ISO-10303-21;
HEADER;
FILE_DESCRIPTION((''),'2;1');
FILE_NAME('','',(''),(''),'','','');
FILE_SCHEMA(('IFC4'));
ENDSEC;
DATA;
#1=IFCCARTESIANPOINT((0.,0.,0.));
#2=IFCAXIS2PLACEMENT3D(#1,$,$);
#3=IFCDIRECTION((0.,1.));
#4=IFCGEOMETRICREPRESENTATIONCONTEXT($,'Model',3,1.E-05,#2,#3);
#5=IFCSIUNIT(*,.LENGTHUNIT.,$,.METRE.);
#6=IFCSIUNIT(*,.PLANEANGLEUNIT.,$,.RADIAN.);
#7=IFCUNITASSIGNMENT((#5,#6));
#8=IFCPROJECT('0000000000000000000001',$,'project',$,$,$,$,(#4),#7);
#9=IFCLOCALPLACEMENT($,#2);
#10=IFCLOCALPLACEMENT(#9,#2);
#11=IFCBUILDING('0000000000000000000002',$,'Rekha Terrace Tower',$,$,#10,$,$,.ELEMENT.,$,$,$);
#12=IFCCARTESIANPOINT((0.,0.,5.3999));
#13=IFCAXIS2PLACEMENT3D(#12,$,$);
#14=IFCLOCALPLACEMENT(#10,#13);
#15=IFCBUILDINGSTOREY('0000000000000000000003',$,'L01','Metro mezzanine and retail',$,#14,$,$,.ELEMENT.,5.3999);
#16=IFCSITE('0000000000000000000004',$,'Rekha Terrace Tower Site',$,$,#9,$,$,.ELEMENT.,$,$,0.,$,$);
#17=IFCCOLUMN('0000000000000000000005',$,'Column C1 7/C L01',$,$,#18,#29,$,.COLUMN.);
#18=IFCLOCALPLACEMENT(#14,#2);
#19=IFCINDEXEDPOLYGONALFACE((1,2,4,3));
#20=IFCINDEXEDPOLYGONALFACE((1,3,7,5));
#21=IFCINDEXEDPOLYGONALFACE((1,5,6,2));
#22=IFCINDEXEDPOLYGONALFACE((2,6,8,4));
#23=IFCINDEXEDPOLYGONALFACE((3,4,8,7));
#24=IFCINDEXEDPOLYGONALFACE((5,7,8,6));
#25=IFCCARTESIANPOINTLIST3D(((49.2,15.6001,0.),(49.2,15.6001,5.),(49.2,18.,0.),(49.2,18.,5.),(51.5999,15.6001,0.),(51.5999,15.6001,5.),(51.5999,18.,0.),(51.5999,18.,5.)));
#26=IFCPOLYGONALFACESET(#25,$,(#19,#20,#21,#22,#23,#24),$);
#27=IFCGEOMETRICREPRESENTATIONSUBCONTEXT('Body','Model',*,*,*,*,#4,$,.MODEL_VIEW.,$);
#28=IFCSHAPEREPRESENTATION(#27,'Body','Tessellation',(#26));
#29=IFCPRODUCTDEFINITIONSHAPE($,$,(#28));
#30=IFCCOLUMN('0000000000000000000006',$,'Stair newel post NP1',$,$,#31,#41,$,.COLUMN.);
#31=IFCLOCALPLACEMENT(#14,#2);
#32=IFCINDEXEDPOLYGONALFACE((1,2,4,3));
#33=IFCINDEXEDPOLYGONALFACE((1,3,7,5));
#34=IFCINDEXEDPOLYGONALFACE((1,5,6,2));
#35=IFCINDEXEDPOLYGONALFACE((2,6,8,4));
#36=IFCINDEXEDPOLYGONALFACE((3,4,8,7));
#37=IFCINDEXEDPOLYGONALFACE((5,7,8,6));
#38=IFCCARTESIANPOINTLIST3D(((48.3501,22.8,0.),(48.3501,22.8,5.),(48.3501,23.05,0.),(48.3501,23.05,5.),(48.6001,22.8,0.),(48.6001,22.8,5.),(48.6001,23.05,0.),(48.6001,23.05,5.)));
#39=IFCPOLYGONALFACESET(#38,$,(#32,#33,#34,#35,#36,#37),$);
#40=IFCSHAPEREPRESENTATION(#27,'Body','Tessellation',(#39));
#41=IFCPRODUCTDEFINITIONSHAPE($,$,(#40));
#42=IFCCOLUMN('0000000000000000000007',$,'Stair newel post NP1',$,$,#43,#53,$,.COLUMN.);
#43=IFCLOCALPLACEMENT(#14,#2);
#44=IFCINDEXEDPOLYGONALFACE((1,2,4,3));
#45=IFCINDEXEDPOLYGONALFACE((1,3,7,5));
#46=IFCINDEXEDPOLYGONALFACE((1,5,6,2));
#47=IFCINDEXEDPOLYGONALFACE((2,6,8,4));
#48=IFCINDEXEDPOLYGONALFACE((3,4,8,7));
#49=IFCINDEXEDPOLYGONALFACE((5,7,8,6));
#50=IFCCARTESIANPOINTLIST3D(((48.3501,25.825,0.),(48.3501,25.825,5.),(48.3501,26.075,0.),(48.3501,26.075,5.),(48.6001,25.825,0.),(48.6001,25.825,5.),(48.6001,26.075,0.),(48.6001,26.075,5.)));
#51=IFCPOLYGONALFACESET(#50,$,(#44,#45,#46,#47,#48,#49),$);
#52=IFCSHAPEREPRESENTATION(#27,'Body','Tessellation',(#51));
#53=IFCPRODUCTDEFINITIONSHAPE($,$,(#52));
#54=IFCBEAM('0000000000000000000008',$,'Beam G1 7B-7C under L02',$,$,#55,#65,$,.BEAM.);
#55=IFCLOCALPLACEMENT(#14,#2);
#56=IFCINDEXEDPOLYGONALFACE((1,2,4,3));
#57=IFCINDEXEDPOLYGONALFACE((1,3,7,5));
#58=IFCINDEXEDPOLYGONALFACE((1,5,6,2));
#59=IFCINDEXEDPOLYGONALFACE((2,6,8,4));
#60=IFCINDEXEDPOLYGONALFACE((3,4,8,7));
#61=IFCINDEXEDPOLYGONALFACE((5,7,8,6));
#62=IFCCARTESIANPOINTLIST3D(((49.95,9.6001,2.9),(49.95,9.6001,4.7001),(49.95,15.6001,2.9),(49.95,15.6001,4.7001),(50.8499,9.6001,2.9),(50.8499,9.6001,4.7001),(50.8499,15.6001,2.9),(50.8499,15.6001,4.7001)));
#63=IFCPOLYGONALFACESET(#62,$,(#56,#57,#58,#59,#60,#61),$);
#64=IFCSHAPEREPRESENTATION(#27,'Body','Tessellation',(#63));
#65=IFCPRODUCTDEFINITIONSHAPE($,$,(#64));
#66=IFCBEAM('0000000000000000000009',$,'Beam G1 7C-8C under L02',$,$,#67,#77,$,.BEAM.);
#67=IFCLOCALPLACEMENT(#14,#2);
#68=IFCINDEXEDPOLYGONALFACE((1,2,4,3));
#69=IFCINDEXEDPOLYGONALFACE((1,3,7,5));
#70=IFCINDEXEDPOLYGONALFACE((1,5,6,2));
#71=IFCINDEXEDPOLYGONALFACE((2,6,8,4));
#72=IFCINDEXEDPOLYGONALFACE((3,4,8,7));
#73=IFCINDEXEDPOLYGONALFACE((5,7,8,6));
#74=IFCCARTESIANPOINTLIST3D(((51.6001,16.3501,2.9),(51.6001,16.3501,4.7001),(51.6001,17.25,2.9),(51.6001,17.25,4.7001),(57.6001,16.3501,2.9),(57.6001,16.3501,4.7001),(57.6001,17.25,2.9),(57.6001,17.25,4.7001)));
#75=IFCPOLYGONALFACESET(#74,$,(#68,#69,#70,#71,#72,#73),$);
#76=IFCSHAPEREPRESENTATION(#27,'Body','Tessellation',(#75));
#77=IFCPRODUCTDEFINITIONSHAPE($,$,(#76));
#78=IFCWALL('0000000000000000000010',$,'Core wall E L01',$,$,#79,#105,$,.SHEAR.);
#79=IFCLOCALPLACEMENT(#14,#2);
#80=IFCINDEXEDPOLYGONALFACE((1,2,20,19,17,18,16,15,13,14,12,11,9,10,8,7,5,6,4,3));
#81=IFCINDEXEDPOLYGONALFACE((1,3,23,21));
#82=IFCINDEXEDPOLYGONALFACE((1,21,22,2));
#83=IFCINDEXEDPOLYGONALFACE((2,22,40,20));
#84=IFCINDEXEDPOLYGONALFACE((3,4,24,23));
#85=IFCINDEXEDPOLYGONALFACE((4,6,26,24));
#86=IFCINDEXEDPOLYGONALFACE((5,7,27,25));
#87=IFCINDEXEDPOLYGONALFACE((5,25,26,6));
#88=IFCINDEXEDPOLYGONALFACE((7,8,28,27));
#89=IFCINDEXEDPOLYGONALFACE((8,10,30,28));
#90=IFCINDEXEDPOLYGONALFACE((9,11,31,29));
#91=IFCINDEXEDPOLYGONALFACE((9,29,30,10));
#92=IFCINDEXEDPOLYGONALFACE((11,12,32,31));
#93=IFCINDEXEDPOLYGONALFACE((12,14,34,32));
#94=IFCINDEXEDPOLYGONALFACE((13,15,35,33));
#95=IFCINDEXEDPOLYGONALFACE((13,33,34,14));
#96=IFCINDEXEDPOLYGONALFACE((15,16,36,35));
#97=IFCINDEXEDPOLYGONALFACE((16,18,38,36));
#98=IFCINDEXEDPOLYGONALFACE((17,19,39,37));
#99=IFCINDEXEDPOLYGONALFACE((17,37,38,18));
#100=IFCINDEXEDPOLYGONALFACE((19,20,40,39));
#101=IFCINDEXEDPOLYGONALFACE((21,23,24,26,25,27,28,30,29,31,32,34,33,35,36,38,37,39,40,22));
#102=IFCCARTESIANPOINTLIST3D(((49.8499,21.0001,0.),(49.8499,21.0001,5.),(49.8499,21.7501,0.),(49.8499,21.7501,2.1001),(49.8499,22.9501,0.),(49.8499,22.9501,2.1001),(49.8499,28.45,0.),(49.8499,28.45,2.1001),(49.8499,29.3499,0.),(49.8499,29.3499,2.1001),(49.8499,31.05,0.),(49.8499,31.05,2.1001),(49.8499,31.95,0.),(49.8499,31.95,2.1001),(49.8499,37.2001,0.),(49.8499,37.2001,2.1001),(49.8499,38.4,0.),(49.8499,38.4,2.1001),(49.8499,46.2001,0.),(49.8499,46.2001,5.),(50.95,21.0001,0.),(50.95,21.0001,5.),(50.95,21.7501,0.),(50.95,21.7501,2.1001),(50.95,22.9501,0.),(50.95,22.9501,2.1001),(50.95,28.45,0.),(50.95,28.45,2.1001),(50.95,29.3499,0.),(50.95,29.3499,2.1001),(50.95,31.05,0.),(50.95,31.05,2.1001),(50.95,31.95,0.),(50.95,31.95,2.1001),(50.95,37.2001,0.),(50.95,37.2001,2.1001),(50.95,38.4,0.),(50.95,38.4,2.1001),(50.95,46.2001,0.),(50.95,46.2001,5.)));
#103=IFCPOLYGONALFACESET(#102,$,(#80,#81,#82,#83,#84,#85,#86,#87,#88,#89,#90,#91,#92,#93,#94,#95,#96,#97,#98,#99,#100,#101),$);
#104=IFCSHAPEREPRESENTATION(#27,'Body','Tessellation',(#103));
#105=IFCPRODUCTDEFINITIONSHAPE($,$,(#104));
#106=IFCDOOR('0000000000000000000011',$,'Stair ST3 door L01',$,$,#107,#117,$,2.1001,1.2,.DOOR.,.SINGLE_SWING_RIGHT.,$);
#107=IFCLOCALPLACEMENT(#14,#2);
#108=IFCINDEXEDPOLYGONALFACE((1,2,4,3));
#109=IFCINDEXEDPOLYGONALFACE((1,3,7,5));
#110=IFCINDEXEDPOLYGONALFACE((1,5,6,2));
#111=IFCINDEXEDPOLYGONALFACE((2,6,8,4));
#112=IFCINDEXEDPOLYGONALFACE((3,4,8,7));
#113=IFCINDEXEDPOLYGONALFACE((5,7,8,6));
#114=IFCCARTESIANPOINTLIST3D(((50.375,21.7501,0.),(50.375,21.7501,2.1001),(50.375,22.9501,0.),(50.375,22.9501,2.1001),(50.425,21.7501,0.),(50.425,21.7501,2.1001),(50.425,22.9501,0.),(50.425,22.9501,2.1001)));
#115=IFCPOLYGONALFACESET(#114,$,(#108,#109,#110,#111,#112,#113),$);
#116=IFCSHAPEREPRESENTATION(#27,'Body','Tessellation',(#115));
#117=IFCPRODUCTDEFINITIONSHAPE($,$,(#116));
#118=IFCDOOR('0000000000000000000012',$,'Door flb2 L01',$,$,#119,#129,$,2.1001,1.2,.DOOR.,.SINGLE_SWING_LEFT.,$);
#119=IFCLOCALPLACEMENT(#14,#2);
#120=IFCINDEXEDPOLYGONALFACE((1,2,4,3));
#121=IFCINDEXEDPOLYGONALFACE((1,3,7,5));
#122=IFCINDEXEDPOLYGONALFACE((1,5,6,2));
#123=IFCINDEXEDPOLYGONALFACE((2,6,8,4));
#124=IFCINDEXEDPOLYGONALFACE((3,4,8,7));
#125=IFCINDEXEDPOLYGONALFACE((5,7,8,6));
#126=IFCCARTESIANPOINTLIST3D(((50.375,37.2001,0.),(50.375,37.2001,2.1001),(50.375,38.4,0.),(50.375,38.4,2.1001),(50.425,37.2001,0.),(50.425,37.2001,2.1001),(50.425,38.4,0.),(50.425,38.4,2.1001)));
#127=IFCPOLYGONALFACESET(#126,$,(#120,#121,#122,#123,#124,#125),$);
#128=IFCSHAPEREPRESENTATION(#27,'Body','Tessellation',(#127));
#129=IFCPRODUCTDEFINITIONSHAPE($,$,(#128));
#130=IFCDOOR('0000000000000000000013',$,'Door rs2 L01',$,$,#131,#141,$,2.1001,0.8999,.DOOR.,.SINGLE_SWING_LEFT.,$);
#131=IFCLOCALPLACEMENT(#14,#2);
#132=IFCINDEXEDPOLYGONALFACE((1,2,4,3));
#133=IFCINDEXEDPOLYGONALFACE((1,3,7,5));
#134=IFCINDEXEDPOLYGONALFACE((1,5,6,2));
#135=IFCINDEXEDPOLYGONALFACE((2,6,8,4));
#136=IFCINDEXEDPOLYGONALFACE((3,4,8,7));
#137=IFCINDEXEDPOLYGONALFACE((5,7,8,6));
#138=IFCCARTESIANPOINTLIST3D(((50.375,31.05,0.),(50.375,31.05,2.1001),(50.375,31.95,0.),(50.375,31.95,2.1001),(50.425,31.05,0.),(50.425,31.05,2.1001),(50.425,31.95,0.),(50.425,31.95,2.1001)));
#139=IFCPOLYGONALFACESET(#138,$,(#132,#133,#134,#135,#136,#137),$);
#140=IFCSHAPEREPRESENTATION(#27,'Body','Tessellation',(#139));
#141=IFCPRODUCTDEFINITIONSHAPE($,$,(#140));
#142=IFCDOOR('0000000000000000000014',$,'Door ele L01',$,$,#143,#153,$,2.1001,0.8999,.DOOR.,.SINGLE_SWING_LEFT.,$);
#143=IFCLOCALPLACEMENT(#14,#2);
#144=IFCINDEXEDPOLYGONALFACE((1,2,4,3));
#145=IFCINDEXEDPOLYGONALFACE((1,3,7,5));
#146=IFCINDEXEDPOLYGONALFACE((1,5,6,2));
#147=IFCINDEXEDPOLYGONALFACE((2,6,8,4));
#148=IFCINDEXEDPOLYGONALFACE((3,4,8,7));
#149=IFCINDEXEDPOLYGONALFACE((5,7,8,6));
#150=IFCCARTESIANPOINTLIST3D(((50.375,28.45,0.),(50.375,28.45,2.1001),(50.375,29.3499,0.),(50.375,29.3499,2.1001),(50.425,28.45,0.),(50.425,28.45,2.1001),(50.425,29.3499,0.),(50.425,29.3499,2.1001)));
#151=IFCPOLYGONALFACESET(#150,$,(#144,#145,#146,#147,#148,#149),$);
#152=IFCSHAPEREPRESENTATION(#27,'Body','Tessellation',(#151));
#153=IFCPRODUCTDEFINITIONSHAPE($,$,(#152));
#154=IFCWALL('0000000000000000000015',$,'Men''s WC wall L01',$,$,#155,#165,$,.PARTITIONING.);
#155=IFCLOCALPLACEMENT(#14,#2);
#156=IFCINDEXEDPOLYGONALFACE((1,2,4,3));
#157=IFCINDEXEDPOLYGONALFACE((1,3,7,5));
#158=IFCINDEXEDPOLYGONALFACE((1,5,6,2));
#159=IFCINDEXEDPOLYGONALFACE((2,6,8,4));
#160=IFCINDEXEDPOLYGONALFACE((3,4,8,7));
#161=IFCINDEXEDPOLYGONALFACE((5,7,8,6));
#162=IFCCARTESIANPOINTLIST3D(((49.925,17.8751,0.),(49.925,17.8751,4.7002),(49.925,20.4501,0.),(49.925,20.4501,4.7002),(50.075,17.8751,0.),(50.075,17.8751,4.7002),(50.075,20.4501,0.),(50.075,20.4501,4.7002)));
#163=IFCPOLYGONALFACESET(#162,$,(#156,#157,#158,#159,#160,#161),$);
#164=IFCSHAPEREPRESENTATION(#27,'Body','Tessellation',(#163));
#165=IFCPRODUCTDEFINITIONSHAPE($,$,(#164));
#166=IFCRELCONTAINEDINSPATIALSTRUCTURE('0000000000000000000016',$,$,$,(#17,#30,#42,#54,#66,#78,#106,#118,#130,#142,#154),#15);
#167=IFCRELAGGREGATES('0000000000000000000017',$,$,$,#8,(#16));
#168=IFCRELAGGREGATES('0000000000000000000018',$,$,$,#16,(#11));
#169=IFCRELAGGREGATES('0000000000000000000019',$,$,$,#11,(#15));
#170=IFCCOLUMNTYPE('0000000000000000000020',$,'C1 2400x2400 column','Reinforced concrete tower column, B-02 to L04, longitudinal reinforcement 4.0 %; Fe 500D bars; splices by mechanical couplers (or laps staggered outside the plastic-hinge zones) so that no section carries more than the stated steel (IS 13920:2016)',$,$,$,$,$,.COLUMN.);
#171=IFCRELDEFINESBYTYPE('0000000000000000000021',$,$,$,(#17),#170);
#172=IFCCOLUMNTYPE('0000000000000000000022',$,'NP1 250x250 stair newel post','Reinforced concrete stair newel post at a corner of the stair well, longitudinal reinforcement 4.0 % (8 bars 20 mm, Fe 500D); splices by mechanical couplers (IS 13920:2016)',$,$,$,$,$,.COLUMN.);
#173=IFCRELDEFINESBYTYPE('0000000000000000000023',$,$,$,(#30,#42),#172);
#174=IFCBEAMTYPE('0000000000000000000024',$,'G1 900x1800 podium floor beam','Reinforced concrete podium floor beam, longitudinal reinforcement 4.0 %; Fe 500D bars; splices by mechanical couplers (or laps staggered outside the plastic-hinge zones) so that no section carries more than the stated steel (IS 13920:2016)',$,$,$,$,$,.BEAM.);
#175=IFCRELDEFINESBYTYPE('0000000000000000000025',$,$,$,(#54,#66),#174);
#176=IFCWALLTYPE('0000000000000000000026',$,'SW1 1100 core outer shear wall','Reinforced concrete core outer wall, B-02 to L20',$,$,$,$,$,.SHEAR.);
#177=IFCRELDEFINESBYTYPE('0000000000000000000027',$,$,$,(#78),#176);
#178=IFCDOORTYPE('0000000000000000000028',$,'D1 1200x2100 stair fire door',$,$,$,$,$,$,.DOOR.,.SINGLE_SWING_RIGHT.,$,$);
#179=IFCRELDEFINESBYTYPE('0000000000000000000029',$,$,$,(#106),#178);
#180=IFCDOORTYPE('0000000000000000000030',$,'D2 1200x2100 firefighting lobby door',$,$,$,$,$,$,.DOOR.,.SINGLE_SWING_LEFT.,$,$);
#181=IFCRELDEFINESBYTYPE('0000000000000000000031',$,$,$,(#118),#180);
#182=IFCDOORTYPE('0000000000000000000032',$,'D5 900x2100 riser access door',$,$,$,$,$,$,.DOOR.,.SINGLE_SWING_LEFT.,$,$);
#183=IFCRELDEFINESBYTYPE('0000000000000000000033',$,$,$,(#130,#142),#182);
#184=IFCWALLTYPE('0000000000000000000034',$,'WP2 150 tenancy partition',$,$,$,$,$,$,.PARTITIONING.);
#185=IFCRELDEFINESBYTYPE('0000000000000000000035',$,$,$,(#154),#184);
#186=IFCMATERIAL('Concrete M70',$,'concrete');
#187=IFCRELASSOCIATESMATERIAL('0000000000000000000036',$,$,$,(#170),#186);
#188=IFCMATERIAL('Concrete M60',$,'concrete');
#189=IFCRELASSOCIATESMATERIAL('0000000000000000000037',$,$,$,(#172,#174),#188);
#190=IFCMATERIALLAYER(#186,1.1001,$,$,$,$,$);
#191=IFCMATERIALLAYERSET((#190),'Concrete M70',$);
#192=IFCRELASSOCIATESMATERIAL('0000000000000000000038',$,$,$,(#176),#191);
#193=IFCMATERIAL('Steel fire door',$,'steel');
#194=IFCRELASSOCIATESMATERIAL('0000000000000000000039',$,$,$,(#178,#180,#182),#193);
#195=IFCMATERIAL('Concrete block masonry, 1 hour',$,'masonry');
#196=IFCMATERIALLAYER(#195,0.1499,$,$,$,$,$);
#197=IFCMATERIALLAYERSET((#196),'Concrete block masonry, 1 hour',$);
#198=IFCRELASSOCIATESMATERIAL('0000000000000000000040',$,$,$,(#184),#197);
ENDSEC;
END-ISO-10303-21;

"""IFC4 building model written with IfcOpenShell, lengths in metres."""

from ifc_helpers import new_model, si_unit, direction, frame, frame_2d, origin, origin_2d, place, context, subcontext, project, spatial, rectangle, extrude, material, layer, layer_set, material_profile, profile_set, type_object, element, fill, save


model = new_model("IFC4")

# Units and contexts
model_context = context("Model", 3, precision=1e-05, world=origin(), true_north=direction((0.0, 1.0)))
body_context = subcontext(model_context, "Body", "Model", "MODEL_VIEW")
ifc_project = project(units=[si_unit("LENGTHUNIT", "METRE"), si_unit("PLANEANGLEUNIT", "RADIAN")], contexts=[model_context])

# Site, building, storey
site_placement = place(None, origin())
site = spatial("IfcSite", under=ifc_project, at=site_placement, Name="Rekha Terrace Tower Site", CompositionType="ELEMENT", RefElevation=0.0)
building_placement = place(site_placement, origin())
building = spatial("IfcBuilding", under=site, at=building_placement, Name="Rekha Terrace Tower", CompositionType="ELEMENT")
storey_placement = place(building_placement, frame((0.0, 0.0, 5.3999)))
storey = spatial("IfcBuildingStorey", under=building, at=storey_placement, Name="L01", Description="Metro mezzanine and retail", CompositionType="ELEMENT", Elevation=5.3999)

# Columns
ifc_material_1 = material(Name="Concrete M70", Category="concrete")
ifc_material_profile_1 = material_profile(ifc_material_1, rectangle(XDim=2.3999, YDim=2.3999, at=origin_2d()), Name="RC 2400x2400")
ifc_profile_set_1 = profile_set([ifc_material_profile_1], Name="Concrete M70")
column_type_1 = type_object("IfcColumnType", Name="C1 2400x2400 column", Description="Reinforced concrete tower column, B-02 to L04, longitudinal reinforcement 4.0 %; Fe 500D bars; splices by mechanical couplers (or laps staggered outside the plastic-hinge zones) so that no section carries more than the stated steel (IS 13920:2016)", PredefinedType="COLUMN", material=ifc_profile_set_1)
column_placement = place(storey_placement, frame((50.3999, 16.8, 0.0), z_axis=(0.0, 0.0, 1.0), x_axis=(1.0, 0.0, 0.0)))
element("IfcColumn", 1, at=column_placement, inside=storey, type_object=column_type_1, Name="Column C1 7/C L01", PredefinedType="COLUMN", context=body_context, shape_type="SweptSolid", body=[
    extrude(rectangle(XDim=2.3999, YDim=2.3999, at=origin_2d()), origin(), (0.0, 0.0, 1.0), 5.0),
])
ifc_material_2 = material(Name="Concrete M60", Category="concrete")
ifc_material_profile_2 = material_profile(ifc_material_2, rectangle(XDim=0.25, YDim=0.25, at=origin_2d()), Name="RC 250x250")
ifc_profile_set_2 = profile_set([ifc_material_profile_2], Name="Concrete M60")
column_type_2 = type_object("IfcColumnType", Name="NP1 250x250 stair newel post", Description="Reinforced concrete stair newel post at a corner of the stair well, longitudinal reinforcement 4.0 % (8 bars 20 mm, Fe 500D); splices by mechanical couplers (IS 13920:2016)", PredefinedType="COLUMN", material=ifc_profile_set_2)
for number, where, z_axis, x_axis, name in (
    (2, (48.4751, 22.925, 0.0), (0.0, 0.0, 1.0), (1.0, 0.0, 0.0), "Stair newel post NP1"),
    (3, (48.4751, 25.95, 0.0), (0.0, 0.0, 1.0), (1.0, 0.0, 0.0), "Stair newel post NP1"),
):
    element("IfcColumn", number, at=place(storey_placement, frame(where, z_axis=z_axis, x_axis=x_axis)), inside=storey, type_object=column_type_2, Name=name, PredefinedType="COLUMN", context=body_context, shape_type="SweptSolid", body=[
        extrude(rectangle(XDim=0.25, YDim=0.25, at=origin_2d()), origin(), (0.0, 0.0, 1.0), 5.0),
    ])

# Beams
ifc_material_profile_3 = material_profile(ifc_material_2, rectangle(XDim=0.8999, YDim=1.8, at=origin_2d()), Name="RC 900x1800")
ifc_profile_set_3 = profile_set([ifc_material_profile_3], Name="Concrete M60")
beam_type = type_object("IfcBeamType", Name="G1 900x1800 podium floor beam", Description="Reinforced concrete podium floor beam, longitudinal reinforcement 4.0 %; Fe 500D bars; splices by mechanical couplers (or laps staggered outside the plastic-hinge zones) so that no section carries more than the stated steel (IS 13920:2016)", PredefinedType="BEAM", material=ifc_profile_set_3)
for number, where, z_axis, x_axis, name in (
    (4, (50.3999, 9.6001, 3.8), (0.0, 1.0, 0.0), (-1.0, 0.0, 0.0), "Beam G1 7B-7C under L02"),
    (5, (51.6001, 16.8, 3.8), (1.0, 0.0, 0.0), (0.0, 1.0, 0.0), "Beam G1 7C-8C under L02"),
):
    element("IfcBeam", number, at=place(storey_placement, frame(where, z_axis=z_axis, x_axis=x_axis)), inside=storey, type_object=beam_type, Name=name, PredefinedType="BEAM", context=body_context, shape_type="SweptSolid", body=[
        extrude(rectangle(XDim=0.8999, YDim=1.8, at=origin_2d()), origin(), (0.0, 0.0, 1.0), 6.0),
    ])

# Wall, openings, doors
ifc_layer_1 = layer(ifc_material_1, 1.1001)
ifc_layer_set_1 = layer_set([ifc_layer_1], Name="Concrete M70")
wall_type_1 = type_object("IfcWallType", Name="SW1 1100 core outer shear wall", Description="Reinforced concrete core outer wall, B-02 to L20", PredefinedType="SHEAR", material=ifc_layer_set_1)
wall_1_placement = place(storey_placement, frame((50.3999, 21.0, 0.0), z_axis=(0.0, 0.0, 1.0), x_axis=(0.0, 1.0, 0.0)))
wall_1 = element("IfcWall", 6, at=wall_1_placement, inside=storey, type_object=wall_type_1, Name="Core wall E L01", PredefinedType="SHEAR", context=body_context, shape_type="SweptSolid", body=[
    extrude(rectangle(XDim=25.2, YDim=1.1001, at=frame_2d((12.6001, 0.0))), origin(), (0.0, 0.0, 1.0), 5.0),
])
opening_1_placement = place(wall_1_placement, frame((16.2, 0.0, 0.0)))
opening_1 = element("IfcOpeningElement", 7, at=opening_1_placement, cuts=wall_1, PredefinedType="OPENING", context=body_context, shape_type="SweptSolid", body=[
    extrude(rectangle(XDim=1.2, YDim=2.1001, at=frame_2d((0.6001, 1.05))), frame((0.0, 0.5601, 0.0), z_axis=(0.0, -1.0, 0.0), x_axis=(1.0, 0.0, 0.0)), (0.0, 0.0, 1.0), 1.1201),
])
opening_2_placement = place(wall_1_placement, frame((10.05, 0.0, 0.0)))
opening_2 = element("IfcOpeningElement", 8, at=opening_2_placement, cuts=wall_1, PredefinedType="OPENING", context=body_context, shape_type="SweptSolid", body=[
    extrude(rectangle(XDim=0.8999, YDim=2.1001, at=frame_2d((0.45, 1.05))), frame((0.0, 0.5601, 0.0), z_axis=(0.0, -1.0, 0.0), x_axis=(1.0, 0.0, 0.0)), (0.0, 0.0, 1.0), 1.1201),
])
opening_3_placement = place(wall_1_placement, frame((7.45, 0.0, 0.0)))
opening_3 = element("IfcOpeningElement", 9, at=opening_3_placement, cuts=wall_1, PredefinedType="OPENING", context=body_context, shape_type="SweptSolid", body=[
    extrude(rectangle(XDim=0.8999, YDim=2.1001, at=frame_2d((0.45, 1.05))), frame((0.0, 0.5601, 0.0), z_axis=(0.0, -1.0, 0.0), x_axis=(1.0, 0.0, 0.0)), (0.0, 0.0, 1.0), 1.1201),
])
opening_4_placement = place(wall_1_placement, frame((0.75, 0.0, 0.0)))
opening_4 = element("IfcOpeningElement", 10, at=opening_4_placement, cuts=wall_1, PredefinedType="OPENING", context=body_context, shape_type="SweptSolid", body=[
    extrude(rectangle(XDim=1.2, YDim=2.1001, at=frame_2d((0.6001, 1.05))), frame((0.0, 0.5601, 0.0), z_axis=(0.0, -1.0, 0.0), x_axis=(1.0, 0.0, 0.0)), (0.0, 0.0, 1.0), 1.1201),
])
ifc_material_3 = material(Name="Steel fire door", Category="steel")
door_type_1 = type_object("IfcDoorType", Name="D1 1200x2100 stair fire door", OperationType="SINGLE_SWING_RIGHT", PredefinedType="DOOR", material=ifc_material_3)
door_1_placement = place(opening_4_placement, origin())
door_1 = element("IfcDoor", 11, at=door_1_placement, inside=storey, type_object=door_type_1, Name="Stair ST3 door L01", OperationType="SINGLE_SWING_RIGHT", OverallHeight=2.1001, OverallWidth=1.2, PredefinedType="DOOR", context=body_context, shape_type="SweptSolid", body=[
    extrude(rectangle(XDim=1.2, YDim=2.1001, at=frame_2d((0.6001, 1.05))), frame((0.0, 0.0249, 0.0), z_axis=(0.0, -1.0, 0.0), x_axis=(1.0, 0.0, 0.0)), (0.0, 0.0, 1.0), 0.05),
])
fill(opening_4, door_1)
door_type_2 = type_object("IfcDoorType", Name="D2 1200x2100 firefighting lobby door", OperationType="SINGLE_SWING_LEFT", PredefinedType="DOOR", material=ifc_material_3)
door_2_placement = place(opening_1_placement, origin())
door_2 = element("IfcDoor", 12, at=door_2_placement, inside=storey, type_object=door_type_2, Name="Door flb2 L01", OperationType="SINGLE_SWING_LEFT", OverallHeight=2.1001, OverallWidth=1.2, PredefinedType="DOOR", context=body_context, shape_type="SweptSolid", body=[
    extrude(rectangle(XDim=1.2, YDim=2.1001, at=frame_2d((0.6001, 1.05))), frame((0.0, 0.0249, 0.0), z_axis=(0.0, -1.0, 0.0), x_axis=(1.0, 0.0, 0.0)), (0.0, 0.0, 1.0), 0.05),
])
fill(opening_1, door_2)
door_type_3 = type_object("IfcDoorType", Name="D5 900x2100 riser access door", OperationType="SINGLE_SWING_LEFT", PredefinedType="DOOR", material=ifc_material_3)
door_3_placement = place(opening_2_placement, origin())
door_3 = element("IfcDoor", 13, at=door_3_placement, inside=storey, type_object=door_type_3, Name="Door rs2 L01", OperationType="SINGLE_SWING_LEFT", OverallHeight=2.1001, OverallWidth=0.8999, PredefinedType="DOOR", context=body_context, shape_type="SweptSolid", body=[
    extrude(rectangle(XDim=0.8999, YDim=2.1001, at=frame_2d((0.45, 1.05))), frame((0.0, 0.0249, 0.0), z_axis=(0.0, -1.0, 0.0), x_axis=(1.0, 0.0, 0.0)), (0.0, 0.0, 1.0), 0.05),
])
fill(opening_2, door_3)
door_4_placement = place(opening_3_placement, origin())
door_4 = element("IfcDoor", 14, at=door_4_placement, inside=storey, type_object=door_type_3, Name="Door ele L01", OperationType="SINGLE_SWING_LEFT", OverallHeight=2.1001, OverallWidth=0.8999, PredefinedType="DOOR", context=body_context, shape_type="SweptSolid", body=[
    extrude(rectangle(XDim=0.8999, YDim=2.1001, at=frame_2d((0.45, 1.05))), frame((0.0, 0.0249, 0.0), z_axis=(0.0, -1.0, 0.0), x_axis=(1.0, 0.0, 0.0)), (0.0, 0.0, 1.0), 0.05),
])
fill(opening_3, door_4)

# Wall
ifc_material_4 = material(Name="Concrete block masonry, 1 hour", Category="masonry")
ifc_layer_2 = layer(ifc_material_4, 0.1499)
ifc_layer_set_2 = layer_set([ifc_layer_2], Name="Concrete block masonry, 1 hour")
wall_type_2 = type_object("IfcWallType", Name="WP2 150 tenancy partition", PredefinedType="PARTITIONING", material=ifc_layer_set_2)
wall_2_placement = place(storey_placement, frame((50.0, 17.875, 0.0), z_axis=(0.0, 0.0, 1.0), x_axis=(0.0, 1.0, 0.0)))
element("IfcWall", 15, at=wall_2_placement, inside=storey, type_object=wall_type_2, Name="Men's WC wall L01", PredefinedType="PARTITIONING", context=body_context, shape_type="SweptSolid", body=[
    extrude(rectangle(XDim=2.575, YDim=0.1499, at=frame_2d((1.2876, 0.0))), origin(), (0.0, 0.0, 1.0), 4.7002),
])

save(model, "model.ifc")
